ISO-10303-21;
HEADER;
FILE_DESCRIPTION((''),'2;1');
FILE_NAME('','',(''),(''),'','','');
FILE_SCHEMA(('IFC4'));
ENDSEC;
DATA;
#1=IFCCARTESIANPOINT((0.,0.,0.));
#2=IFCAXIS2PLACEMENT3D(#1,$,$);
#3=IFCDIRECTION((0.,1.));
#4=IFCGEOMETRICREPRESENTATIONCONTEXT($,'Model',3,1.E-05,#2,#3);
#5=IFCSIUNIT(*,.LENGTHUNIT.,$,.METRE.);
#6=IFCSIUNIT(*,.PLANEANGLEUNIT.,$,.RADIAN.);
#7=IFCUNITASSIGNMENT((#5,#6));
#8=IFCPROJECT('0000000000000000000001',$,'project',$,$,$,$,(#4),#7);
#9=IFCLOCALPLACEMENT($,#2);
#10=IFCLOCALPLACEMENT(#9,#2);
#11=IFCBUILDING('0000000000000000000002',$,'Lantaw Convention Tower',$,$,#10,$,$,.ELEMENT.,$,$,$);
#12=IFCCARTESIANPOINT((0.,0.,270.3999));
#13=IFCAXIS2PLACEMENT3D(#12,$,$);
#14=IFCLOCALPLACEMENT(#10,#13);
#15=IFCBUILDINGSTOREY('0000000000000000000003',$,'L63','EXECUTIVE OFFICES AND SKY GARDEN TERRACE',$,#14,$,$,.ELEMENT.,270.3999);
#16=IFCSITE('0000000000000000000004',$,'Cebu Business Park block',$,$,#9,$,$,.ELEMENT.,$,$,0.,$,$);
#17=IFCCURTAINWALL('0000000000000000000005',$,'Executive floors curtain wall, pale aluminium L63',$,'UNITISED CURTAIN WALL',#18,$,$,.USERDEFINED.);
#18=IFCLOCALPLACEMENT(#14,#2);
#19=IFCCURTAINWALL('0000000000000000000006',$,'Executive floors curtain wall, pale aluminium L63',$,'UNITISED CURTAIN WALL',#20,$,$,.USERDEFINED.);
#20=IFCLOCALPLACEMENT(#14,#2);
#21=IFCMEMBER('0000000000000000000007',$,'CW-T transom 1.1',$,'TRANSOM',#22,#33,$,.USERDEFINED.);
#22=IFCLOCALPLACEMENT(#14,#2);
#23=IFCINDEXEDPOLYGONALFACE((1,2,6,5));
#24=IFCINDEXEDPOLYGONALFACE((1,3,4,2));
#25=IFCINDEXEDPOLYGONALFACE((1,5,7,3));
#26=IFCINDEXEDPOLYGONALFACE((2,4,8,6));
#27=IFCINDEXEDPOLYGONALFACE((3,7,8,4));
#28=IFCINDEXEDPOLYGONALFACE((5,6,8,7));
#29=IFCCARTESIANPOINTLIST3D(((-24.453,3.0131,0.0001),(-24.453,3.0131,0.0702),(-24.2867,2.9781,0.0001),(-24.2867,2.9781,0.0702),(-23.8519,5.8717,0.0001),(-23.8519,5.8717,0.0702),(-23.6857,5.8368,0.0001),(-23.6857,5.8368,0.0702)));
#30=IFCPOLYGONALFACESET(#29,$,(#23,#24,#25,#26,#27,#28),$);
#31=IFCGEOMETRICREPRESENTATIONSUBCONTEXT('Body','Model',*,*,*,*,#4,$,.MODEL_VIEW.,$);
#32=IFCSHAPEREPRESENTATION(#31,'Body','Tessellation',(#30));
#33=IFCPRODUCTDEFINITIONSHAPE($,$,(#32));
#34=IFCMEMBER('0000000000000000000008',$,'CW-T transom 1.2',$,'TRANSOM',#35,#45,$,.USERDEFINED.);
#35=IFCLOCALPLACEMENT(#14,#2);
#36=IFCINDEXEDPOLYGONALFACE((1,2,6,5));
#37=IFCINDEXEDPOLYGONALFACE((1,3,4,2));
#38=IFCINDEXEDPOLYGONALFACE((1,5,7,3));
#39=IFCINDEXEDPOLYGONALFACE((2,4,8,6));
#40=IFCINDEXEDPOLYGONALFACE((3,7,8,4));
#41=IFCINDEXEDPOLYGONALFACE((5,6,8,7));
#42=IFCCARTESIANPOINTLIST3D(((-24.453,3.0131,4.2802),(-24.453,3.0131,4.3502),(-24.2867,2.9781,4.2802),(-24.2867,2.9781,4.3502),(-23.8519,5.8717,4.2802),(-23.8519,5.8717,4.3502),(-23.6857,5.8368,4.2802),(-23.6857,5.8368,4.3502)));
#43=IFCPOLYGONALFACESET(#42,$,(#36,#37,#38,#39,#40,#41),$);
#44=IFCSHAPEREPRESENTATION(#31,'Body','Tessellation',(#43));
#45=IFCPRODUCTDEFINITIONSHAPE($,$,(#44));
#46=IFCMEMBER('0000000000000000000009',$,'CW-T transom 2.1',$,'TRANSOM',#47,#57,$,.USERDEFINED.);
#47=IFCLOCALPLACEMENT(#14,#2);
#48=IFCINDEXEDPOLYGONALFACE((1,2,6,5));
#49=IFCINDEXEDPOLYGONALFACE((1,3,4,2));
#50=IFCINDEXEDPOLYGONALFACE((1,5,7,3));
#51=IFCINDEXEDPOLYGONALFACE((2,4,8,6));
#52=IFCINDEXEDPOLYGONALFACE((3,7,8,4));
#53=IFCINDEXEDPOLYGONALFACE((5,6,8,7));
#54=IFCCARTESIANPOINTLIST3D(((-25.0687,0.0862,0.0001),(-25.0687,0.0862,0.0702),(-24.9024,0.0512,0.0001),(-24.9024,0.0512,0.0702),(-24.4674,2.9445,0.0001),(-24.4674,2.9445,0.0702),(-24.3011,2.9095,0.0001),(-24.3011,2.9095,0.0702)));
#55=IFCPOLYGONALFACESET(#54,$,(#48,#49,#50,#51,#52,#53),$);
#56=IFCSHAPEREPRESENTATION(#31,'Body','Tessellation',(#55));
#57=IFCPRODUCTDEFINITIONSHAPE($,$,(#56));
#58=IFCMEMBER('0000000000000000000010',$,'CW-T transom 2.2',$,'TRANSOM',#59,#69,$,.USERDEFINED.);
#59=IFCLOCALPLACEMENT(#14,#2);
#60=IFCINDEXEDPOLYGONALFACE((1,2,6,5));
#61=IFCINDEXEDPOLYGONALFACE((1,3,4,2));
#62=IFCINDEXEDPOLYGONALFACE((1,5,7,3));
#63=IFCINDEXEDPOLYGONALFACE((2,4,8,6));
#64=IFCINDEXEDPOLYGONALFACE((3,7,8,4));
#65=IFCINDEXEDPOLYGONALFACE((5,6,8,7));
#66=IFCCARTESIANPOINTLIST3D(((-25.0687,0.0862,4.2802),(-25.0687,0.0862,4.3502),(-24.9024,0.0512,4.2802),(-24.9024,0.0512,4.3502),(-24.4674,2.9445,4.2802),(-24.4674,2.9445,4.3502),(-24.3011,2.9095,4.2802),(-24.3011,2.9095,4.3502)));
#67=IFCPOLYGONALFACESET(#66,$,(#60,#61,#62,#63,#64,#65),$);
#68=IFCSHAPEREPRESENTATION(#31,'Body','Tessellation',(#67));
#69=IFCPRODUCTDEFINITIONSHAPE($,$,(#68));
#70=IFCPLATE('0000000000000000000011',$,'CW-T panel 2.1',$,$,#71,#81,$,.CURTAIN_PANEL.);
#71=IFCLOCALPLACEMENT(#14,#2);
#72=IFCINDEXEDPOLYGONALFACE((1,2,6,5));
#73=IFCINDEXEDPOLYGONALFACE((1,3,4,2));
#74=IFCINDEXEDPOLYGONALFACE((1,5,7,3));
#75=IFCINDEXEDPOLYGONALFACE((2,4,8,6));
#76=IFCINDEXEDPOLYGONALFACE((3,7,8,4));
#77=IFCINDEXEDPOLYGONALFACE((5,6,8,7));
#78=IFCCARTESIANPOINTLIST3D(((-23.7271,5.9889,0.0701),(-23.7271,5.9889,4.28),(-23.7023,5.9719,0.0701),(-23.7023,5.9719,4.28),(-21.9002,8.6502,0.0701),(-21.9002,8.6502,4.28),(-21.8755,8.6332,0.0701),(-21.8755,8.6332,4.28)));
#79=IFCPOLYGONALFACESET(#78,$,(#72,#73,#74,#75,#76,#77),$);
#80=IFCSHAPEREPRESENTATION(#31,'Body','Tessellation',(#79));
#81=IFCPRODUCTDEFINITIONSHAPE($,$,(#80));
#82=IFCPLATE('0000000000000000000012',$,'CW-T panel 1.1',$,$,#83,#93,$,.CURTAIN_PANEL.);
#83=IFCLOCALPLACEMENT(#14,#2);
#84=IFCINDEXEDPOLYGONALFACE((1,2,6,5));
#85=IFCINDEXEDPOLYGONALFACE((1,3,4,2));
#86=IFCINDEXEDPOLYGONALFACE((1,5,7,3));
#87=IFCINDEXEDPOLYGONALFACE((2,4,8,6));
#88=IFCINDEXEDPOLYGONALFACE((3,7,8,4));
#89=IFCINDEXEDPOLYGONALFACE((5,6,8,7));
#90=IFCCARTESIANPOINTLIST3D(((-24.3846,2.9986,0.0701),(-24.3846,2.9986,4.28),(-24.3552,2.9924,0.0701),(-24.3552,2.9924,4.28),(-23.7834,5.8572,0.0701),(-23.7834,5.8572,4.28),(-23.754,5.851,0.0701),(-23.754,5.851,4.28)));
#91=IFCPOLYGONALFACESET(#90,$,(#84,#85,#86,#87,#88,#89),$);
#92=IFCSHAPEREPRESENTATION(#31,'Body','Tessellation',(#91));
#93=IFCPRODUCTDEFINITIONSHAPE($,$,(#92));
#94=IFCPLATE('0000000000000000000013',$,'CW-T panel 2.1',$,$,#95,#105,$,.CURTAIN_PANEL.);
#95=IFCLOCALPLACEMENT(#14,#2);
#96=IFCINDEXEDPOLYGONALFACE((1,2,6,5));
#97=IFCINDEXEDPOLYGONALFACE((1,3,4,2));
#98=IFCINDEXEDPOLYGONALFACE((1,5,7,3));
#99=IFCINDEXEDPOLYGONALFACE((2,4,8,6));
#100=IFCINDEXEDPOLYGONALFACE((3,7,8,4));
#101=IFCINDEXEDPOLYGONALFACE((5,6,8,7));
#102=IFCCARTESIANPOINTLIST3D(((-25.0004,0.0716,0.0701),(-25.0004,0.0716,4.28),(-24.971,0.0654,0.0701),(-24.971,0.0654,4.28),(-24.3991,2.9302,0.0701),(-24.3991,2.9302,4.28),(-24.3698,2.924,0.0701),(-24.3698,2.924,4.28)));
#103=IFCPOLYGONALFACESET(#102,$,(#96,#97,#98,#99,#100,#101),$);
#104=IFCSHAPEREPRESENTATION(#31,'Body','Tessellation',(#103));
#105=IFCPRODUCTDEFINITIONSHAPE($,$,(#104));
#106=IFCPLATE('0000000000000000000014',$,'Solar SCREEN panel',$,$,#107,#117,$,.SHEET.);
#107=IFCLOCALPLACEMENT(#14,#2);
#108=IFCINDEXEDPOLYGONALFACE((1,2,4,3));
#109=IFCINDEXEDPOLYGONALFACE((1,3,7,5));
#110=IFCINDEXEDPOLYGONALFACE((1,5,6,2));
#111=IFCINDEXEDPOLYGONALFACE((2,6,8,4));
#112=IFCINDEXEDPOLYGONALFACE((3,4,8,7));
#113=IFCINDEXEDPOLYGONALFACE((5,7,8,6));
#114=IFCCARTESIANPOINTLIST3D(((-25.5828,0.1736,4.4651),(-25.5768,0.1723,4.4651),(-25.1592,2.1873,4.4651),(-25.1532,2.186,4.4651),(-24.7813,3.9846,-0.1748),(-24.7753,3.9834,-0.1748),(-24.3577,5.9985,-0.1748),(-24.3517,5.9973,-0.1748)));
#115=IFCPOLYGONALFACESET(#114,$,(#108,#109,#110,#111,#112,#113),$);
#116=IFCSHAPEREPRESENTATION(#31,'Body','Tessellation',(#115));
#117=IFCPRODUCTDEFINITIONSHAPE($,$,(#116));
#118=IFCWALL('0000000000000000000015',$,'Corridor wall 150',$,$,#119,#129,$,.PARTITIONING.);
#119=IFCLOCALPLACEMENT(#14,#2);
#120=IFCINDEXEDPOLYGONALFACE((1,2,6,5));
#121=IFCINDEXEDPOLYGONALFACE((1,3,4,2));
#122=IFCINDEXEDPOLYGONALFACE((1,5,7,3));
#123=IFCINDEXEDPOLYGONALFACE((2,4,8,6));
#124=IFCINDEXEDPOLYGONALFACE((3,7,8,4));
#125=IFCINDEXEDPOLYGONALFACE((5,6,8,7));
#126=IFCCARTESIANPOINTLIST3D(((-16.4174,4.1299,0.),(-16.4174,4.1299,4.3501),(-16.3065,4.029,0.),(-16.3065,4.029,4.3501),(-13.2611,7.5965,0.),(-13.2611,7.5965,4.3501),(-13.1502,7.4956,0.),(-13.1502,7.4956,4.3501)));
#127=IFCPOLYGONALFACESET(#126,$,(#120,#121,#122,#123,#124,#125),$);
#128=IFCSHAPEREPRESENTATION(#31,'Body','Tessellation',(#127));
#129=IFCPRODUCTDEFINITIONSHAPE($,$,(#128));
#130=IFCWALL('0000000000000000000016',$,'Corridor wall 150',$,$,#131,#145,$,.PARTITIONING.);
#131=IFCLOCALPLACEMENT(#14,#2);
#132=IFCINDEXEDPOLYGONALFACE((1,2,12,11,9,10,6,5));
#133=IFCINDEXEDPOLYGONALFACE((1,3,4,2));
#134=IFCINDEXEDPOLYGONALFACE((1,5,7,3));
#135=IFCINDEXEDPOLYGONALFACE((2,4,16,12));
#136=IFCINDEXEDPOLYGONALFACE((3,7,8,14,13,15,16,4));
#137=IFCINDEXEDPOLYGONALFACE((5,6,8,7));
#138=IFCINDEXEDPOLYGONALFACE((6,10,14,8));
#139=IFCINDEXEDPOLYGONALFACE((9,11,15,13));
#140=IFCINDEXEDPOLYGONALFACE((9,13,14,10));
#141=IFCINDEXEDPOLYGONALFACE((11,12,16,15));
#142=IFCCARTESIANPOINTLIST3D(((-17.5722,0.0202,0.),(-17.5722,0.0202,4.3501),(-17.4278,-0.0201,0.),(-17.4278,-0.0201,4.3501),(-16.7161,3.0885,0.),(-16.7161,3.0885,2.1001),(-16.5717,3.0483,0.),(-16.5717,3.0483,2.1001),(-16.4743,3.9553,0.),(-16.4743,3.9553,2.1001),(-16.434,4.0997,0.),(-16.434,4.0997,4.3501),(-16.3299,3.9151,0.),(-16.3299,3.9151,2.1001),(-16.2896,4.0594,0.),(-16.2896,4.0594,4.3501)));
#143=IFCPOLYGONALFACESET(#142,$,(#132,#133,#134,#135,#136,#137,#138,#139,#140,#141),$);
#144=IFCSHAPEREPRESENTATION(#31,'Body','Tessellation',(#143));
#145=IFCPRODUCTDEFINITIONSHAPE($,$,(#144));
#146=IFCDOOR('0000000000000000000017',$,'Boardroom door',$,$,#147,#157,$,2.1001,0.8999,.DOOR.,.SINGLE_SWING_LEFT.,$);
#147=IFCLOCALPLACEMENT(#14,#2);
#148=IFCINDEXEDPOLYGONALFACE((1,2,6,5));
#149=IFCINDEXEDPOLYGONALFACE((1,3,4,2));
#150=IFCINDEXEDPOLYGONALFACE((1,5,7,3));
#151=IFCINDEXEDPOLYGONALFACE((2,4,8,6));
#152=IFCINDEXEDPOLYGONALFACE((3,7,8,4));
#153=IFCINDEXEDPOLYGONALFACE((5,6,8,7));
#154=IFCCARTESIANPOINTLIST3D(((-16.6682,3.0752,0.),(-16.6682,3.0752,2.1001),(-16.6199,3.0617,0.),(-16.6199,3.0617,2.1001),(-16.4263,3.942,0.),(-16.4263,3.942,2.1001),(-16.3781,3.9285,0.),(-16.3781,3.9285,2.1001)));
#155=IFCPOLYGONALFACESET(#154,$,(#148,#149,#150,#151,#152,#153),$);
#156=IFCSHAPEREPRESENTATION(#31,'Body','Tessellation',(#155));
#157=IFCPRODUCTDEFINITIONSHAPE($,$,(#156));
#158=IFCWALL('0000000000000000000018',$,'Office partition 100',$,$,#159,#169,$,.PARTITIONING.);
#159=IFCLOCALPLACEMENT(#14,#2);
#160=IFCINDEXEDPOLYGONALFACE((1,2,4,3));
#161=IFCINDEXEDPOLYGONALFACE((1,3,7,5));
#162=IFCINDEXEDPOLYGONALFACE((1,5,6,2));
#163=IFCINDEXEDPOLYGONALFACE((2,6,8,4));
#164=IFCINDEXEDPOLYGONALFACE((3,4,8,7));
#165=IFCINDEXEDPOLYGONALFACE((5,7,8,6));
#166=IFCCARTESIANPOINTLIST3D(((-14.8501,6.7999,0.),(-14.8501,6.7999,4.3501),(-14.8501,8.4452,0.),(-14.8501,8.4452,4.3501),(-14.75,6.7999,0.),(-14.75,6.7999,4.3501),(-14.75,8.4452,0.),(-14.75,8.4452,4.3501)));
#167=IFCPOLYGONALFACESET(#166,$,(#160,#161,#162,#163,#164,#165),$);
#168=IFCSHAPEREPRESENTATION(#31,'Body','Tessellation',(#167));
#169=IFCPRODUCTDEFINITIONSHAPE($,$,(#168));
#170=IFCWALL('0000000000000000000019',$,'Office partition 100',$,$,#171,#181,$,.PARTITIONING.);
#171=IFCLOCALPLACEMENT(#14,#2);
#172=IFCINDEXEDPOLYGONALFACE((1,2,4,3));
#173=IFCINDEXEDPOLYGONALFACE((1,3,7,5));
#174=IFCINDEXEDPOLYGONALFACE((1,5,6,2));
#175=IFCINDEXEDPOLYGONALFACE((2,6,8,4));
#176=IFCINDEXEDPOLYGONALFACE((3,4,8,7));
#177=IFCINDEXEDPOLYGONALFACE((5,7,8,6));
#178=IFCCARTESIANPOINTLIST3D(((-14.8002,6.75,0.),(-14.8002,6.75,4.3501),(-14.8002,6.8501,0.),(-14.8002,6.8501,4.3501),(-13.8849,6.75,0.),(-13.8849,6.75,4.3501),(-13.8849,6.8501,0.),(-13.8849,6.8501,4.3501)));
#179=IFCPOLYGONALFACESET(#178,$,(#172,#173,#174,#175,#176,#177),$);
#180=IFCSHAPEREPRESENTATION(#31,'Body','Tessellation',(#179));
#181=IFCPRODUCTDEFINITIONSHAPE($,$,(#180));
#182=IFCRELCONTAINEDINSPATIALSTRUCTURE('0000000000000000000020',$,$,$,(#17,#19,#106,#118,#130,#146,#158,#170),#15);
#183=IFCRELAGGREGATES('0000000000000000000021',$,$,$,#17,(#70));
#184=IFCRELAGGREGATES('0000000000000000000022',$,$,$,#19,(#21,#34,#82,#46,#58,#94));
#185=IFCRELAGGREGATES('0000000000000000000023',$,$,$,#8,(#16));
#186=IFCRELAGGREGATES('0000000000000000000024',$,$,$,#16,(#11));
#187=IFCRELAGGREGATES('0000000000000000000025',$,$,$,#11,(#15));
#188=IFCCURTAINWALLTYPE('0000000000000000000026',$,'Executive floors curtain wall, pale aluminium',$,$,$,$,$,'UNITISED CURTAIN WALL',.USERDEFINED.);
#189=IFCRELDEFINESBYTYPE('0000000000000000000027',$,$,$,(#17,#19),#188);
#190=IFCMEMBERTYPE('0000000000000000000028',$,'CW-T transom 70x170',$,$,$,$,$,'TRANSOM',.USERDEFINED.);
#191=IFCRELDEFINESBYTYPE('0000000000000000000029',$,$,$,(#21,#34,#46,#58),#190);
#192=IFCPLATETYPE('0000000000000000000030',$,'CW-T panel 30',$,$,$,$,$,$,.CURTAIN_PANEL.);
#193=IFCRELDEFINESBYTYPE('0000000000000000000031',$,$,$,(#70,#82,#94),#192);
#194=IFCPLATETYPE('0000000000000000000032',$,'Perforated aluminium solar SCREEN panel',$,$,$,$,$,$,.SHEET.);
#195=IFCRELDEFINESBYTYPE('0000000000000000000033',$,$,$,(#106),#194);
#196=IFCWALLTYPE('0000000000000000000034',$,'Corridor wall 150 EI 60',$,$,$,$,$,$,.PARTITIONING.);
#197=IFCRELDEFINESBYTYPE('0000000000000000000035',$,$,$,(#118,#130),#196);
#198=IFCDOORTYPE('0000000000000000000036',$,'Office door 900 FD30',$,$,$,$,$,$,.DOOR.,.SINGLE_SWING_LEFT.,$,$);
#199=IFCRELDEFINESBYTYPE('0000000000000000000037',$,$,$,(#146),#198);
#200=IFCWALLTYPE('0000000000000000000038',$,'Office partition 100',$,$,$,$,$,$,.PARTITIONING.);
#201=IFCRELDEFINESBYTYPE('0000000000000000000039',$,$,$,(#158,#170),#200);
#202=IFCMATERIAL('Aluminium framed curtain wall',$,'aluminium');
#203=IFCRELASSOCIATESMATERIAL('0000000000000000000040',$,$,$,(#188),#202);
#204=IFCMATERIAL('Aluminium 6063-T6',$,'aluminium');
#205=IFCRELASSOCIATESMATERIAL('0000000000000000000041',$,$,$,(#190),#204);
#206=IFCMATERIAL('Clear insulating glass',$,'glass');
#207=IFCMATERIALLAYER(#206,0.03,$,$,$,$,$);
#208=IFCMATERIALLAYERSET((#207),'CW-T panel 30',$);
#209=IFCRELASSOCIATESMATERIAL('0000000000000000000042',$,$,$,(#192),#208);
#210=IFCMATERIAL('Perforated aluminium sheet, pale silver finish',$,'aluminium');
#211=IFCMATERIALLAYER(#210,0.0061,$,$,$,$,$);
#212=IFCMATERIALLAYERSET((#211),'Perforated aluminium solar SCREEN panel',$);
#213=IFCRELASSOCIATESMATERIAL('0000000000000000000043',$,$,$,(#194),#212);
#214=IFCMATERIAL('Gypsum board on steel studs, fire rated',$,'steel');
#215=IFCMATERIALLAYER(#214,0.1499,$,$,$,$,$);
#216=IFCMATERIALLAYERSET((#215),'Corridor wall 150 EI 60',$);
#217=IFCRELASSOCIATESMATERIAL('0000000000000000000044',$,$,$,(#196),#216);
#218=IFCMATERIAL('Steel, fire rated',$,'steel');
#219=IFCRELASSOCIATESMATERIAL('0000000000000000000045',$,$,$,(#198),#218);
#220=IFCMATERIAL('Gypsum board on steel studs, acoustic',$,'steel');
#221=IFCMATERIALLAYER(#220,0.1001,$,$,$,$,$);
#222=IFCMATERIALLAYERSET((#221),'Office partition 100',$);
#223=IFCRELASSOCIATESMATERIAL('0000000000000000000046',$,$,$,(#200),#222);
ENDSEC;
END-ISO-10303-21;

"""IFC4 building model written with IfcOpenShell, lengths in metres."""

from ifc_helpers import new_model, si_unit, direction, frame, frame_2d, origin, origin_2d, place, context, subcontext, project, spatial, polyline, rectangle, outline, extrude, material, layer, layer_set, material_profile, profile_set, type_object, element, fill, aggregate, save


model = new_model("IFC4")

# Units and contexts
model_context = context("Model", 3, precision=1e-05, world=origin(), true_north=direction((0.0, 1.0)))
body_context = subcontext(model_context, "Body", "Model", "MODEL_VIEW")
ifc_project = project(units=[si_unit("LENGTHUNIT", "METRE"), si_unit("PLANEANGLEUNIT", "RADIAN")], contexts=[model_context])

# Site, building, storey
site_placement = place(None, origin())
site = spatial("IfcSite", under=ifc_project, at=site_placement, Name="Cebu Business Park block", CompositionType="ELEMENT", RefElevation=0.0)
building_placement = place(site_placement, origin())
building = spatial("IfcBuilding", under=site, at=building_placement, Name="Lantaw Convention Tower", CompositionType="ELEMENT")
storey_placement = place(building_placement, frame((0.0, 0.0, 270.3999)))
storey = spatial("IfcBuildingStorey", under=building, at=storey_placement, Name="L63", Description="EXECUTIVE OFFICES AND SKY GARDEN TERRACE", CompositionType="ELEMENT", Elevation=270.3999)

# Curtain walls
ifc_material_1 = material(Name="Aluminium framed curtain wall", Category="aluminium")
curtain_wall_type = type_object("IfcCurtainWallType", Name="Executive floors curtain wall, pale aluminium", ElementType="UNITISED CURTAIN WALL", PredefinedType="USERDEFINED", material=ifc_material_1)
curtain_wall_1_placement = place(storey_placement, origin())
curtain_wall_1 = element("IfcCurtainWall", 1, at=curtain_wall_1_placement, inside=storey, type_object=curtain_wall_type, Name="Executive floors curtain wall, pale aluminium L63", ObjectType="UNITISED CURTAIN WALL", PredefinedType="USERDEFINED")
ifc_material_2 = material(Name="Aluminium 6063-T6", Category="aluminium")
curtain_wall_2_placement = place(storey_placement, origin())
curtain_wall_2 = element("IfcCurtainWall", 2, at=curtain_wall_2_placement, inside=storey, type_object=curtain_wall_type, Name="Executive floors curtain wall, pale aluminium L63", ObjectType="UNITISED CURTAIN WALL", PredefinedType="USERDEFINED")

# Members
ifc_material_profile_1 = material_profile(ifc_material_2, rectangle(XDim=0.1699, YDim=0.0701, at=origin_2d()), Name="CW-T transom 70x170")
ifc_profile_set_1 = profile_set([ifc_material_profile_1], Name="Aluminium 6063-T6")
member_type_1 = type_object("IfcMemberType", Name="CW-T transom 70x170", ElementType="TRANSOM", PredefinedType="USERDEFINED", material=ifc_profile_set_1)
member_1_placement = place(storey_placement, frame((-23.7688, 5.8542, 0.0352), z_axis=(-0.205766, -0.978601, 0.0), x_axis=(0.978601, -0.205766, 0.0)))
member_1 = element("IfcMember", 3, at=member_1_placement, type_object=member_type_1, Name="CW-T transom 1.1", ObjectType="TRANSOM", PredefinedType="USERDEFINED", context=body_context, shape_type="SweptSolid", body=[
    extrude(rectangle(XDim=0.1699, YDim=0.0701, at=origin_2d()), origin(), (0.0, 0.0, 1.0), 2.9211),
])
member_2_placement = place(storey_placement, frame((-23.7688, 5.8542, 4.3152), z_axis=(-0.205766, -0.978601, 0.0), x_axis=(0.978601, -0.205766, 0.0)))
member_2 = element("IfcMember", 4, at=member_2_placement, type_object=member_type_1, Name="CW-T transom 1.2", ObjectType="TRANSOM", PredefinedType="USERDEFINED", context=body_context, shape_type="SweptSolid", body=[
    extrude(rectangle(XDim=0.1699, YDim=0.0701, at=origin_2d()), origin(), (0.0, 0.0, 1.0), 2.9211),
])
member_3_placement = place(storey_placement, frame((-24.3843, 2.927, 0.0352), z_axis=(-0.205863, -0.978581, 0.0), x_axis=(0.978581, -0.205863, 0.0)))
member_3 = element("IfcMember", 5, at=member_3_placement, type_object=member_type_1, Name="CW-T transom 2.1", ObjectType="TRANSOM", PredefinedType="USERDEFINED", context=body_context, shape_type="SweptSolid", body=[
    extrude(rectangle(XDim=0.1699, YDim=0.0701, at=origin_2d()), origin(), (0.0, 0.0, 1.0), 2.9209),
])
member_4_placement = place(storey_placement, frame((-24.3843, 2.927, 4.3152), z_axis=(-0.205863, -0.978581, 0.0), x_axis=(0.978581, -0.205863, 0.0)))
member_4 = element("IfcMember", 6, at=member_4_placement, type_object=member_type_1, Name="CW-T transom 2.2", ObjectType="TRANSOM", PredefinedType="USERDEFINED", context=body_context, shape_type="SweptSolid", body=[
    extrude(rectangle(XDim=0.1699, YDim=0.0701, at=origin_2d()), origin(), (0.0, 0.0, 1.0), 2.9209),
])

# Plates
ifc_material_3 = material(Name="Clear insulating glass", Category="glass")
ifc_layer_1 = layer(ifc_material_3, 0.03)
ifc_layer_set_1 = layer_set([ifc_layer_1], Name="CW-T panel 30")
plate_type_1 = type_object("IfcPlateType", Name="CW-T panel 30", PredefinedType="CURTAIN_PANEL", material=ifc_layer_set_1)
plate_1_placement = place(storey_placement, frame((-22.8013, 7.311, 0.0701), z_axis=(0.0, 0.0, 1.0), x_axis=(-0.565935, -0.82445, 0.0)))
plate_1 = element("IfcPlate", 7, at=plate_1_placement, type_object=plate_type_1, Name="CW-T panel 2.1", PredefinedType="CURTAIN_PANEL", context=body_context, shape_type="SweptSolid", body=[
    extrude(rectangle(XDim=3.228, YDim=0.03, at=origin_2d()), origin(), (0.0, 0.0, 1.0), 4.21),
])
aggregate(curtain_wall_1, [plate_1])
plate_2_placement = place(storey_placement, frame((-24.0693, 4.4248, 0.0701), z_axis=(0.0, 0.0, 1.0), x_axis=(-0.205814, -0.978591, 0.0)))
plate_2 = element("IfcPlate", 8, at=plate_2_placement, type_object=plate_type_1, Name="CW-T panel 1.1", PredefinedType="CURTAIN_PANEL", context=body_context, shape_type="SweptSolid", body=[
    extrude(rectangle(XDim=2.9211, YDim=0.03, at=origin_2d()), origin(), (0.0, 0.0, 1.0), 4.21),
])
plate_3_placement = place(storey_placement, frame((-24.6851, 1.4978, 0.0701), z_axis=(0.0, 0.0, 1.0), x_axis=(-0.205814, -0.978591, 0.0)))
plate_3 = element("IfcPlate", 9, at=plate_3_placement, type_object=plate_type_1, Name="CW-T panel 2.1", PredefinedType="CURTAIN_PANEL", context=body_context, shape_type="SweptSolid", body=[
    extrude(rectangle(XDim=2.9211, YDim=0.03, at=origin_2d()), origin(), (0.0, 0.0, 1.0), 4.21),
])
aggregate(curtain_wall_2, [member_1, member_2, plate_2, member_3, member_4, plate_3])
ifc_material_4 = material(Name="Perforated aluminium sheet, pale silver finish", Category="aluminium")
ifc_layer_2 = layer(ifc_material_4, 0.0061)
ifc_layer_set_2 = layer_set([ifc_layer_2], Name="Perforated aluminium solar SCREEN panel")
plate_type_2 = type_object("IfcPlateType", Name="Perforated aluminium solar SCREEN panel", PredefinedType="SHEET", material=ifc_layer_set_2)
plate_4_placement = place(storey_placement, frame((-24.3577, 5.9985, -0.1748), z_axis=(-0.978586, 0.205837, 0.000027), x_axis=(-0.205837, -0.978586, 0.0)))
element("IfcPlate", 10, at=plate_4_placement, inside=storey, type_object=plate_type_2, Name="Solar SCREEN panel", PredefinedType="SHEET", context=body_context, shape_type="SweptSolid", body=[
    extrude(outline(polyline([(0.0, 0.0), (2.058, 0.0), (5.9524, 4.6399), (3.8946, 4.6399), (0.0, 0.0)])), origin(), (0.0, 0.0, -1.0), 0.0061),
])

# Wall
ifc_material_5 = material(Name="Gypsum board on steel studs, fire rated", Category="steel")
ifc_layer_3 = layer(ifc_material_5, 0.1499)
ifc_layer_set_3 = layer_set([ifc_layer_3], Name="Corridor wall 150 EI 60")
wall_type_1 = type_object("IfcWallType", Name="Corridor wall 150 EI 60", PredefinedType="PARTITIONING", material=ifc_layer_set_3)
wall_1_placement = place(storey_placement, frame((-13.2056, 7.5461, 0.0), z_axis=(0.0, 0.0, 1.0), x_axis=(-0.673238, -0.739426, 0.0)))
element("IfcWall", 11, at=wall_1_placement, inside=storey, type_object=wall_type_1, Name="Corridor wall 150", PredefinedType="PARTITIONING", context=body_context, shape_type="SweptSolid", body=[
    extrude(rectangle(XDim=4.6882, YDim=0.1499, at=frame_2d((2.3442, 0.0))), origin(), (0.0, 0.0, 1.0), 4.3501),
])

# Wall, opening, door
wall_2_placement = place(storey_placement, frame((-16.3618, 4.0796, 0.0), z_axis=(0.0, 0.0, 1.0), x_axis=(-0.268732, -0.963215, 0.0)))
wall_2 = element("IfcWall", 12, at=wall_2_placement, inside=storey, type_object=wall_type_1, Name="Corridor wall 150", PredefinedType="PARTITIONING", context=body_context, shape_type="SweptSolid", body=[
    extrude(rectangle(XDim=4.2354, YDim=0.1499, at=frame_2d((2.1177, 0.0))), origin(), (0.0, 0.0, 1.0), 4.3501),
])
opening_1_placement = place(wall_2_placement, frame((0.1499, 0.0, 0.0)))
opening_1 = element("IfcOpeningElement", 13, at=opening_1_placement, cuts=wall_2, PredefinedType="OPENING", context=body_context, shape_type="SweptSolid", body=[
    extrude(rectangle(XDim=0.8999, YDim=2.1001, at=frame_2d((0.45, 1.05))), frame((0.0, 0.085, 0.0), z_axis=(0.0, -1.0, 0.0), x_axis=(1.0, 0.0, 0.0)), (0.0, 0.0, 1.0), 0.1699),
])
ifc_material_6 = material(Name="Steel, fire rated", Category="steel")
door_type_1 = type_object("IfcDoorType", Name="Office door 900 FD30", OperationType="SINGLE_SWING_LEFT", PredefinedType="DOOR", material=ifc_material_6)
door_1_placement = place(opening_1_placement, origin())
door_1 = element("IfcDoor", 14, at=door_1_placement, inside=storey, type_object=door_type_1, Name="Boardroom door", OperationType="SINGLE_SWING_LEFT", OverallHeight=2.1001, OverallWidth=0.8999, PredefinedType="DOOR", context=body_context, shape_type="SweptSolid", body=[
    extrude(rectangle(XDim=0.8999, YDim=2.1001, at=frame_2d((0.45, 1.05))), frame((0.0, 0.0249, 0.0), z_axis=(0.0, -1.0, 0.0), x_axis=(1.0, 0.0, 0.0)), (0.0, 0.0, 1.0), 0.05),
])
fill(opening_1, door_1)

# Walls
ifc_material_7 = material(Name="Gypsum board on steel studs, acoustic", Category="steel")
ifc_layer_4 = layer(ifc_material_7, 0.1001)
ifc_layer_set_4 = layer_set([ifc_layer_4], Name="Office partition 100")
wall_type_2 = type_object("IfcWallType", Name="Office partition 100", PredefinedType="PARTITIONING", material=ifc_layer_set_4)
wall_3_placement = place(storey_placement, frame((-14.8, 8.4453, 0.0), z_axis=(0.0, 0.0, 1.0), x_axis=(0.0, -1.0, 0.0)))
element("IfcWall", 15, at=wall_3_placement, inside=storey, type_object=wall_type_2, Name="Office partition 100", PredefinedType="PARTITIONING", context=body_context, shape_type="SweptSolid", body=[
    extrude(rectangle(XDim=1.6453, YDim=0.1001, at=frame_2d((0.8228, 0.0))), origin(), (0.0, 0.0, 1.0), 4.3501),
])
wall_4_placement = place(storey_placement, frame((-14.8, 6.8, 0.0), z_axis=(0.0, 0.0, 1.0), x_axis=(1.0, 0.0, 0.0)))
element("IfcWall", 16, at=wall_4_placement, inside=storey, type_object=wall_type_2, Name="Office partition 100", PredefinedType="PARTITIONING", context=body_context, shape_type="SweptSolid", body=[
    extrude(rectangle(XDim=0.9153, YDim=0.1001, at=frame_2d((0.4575, 0.0))), origin(), (0.0, 0.0, 1.0), 4.3501),
])

save(model, "model.ifc")
